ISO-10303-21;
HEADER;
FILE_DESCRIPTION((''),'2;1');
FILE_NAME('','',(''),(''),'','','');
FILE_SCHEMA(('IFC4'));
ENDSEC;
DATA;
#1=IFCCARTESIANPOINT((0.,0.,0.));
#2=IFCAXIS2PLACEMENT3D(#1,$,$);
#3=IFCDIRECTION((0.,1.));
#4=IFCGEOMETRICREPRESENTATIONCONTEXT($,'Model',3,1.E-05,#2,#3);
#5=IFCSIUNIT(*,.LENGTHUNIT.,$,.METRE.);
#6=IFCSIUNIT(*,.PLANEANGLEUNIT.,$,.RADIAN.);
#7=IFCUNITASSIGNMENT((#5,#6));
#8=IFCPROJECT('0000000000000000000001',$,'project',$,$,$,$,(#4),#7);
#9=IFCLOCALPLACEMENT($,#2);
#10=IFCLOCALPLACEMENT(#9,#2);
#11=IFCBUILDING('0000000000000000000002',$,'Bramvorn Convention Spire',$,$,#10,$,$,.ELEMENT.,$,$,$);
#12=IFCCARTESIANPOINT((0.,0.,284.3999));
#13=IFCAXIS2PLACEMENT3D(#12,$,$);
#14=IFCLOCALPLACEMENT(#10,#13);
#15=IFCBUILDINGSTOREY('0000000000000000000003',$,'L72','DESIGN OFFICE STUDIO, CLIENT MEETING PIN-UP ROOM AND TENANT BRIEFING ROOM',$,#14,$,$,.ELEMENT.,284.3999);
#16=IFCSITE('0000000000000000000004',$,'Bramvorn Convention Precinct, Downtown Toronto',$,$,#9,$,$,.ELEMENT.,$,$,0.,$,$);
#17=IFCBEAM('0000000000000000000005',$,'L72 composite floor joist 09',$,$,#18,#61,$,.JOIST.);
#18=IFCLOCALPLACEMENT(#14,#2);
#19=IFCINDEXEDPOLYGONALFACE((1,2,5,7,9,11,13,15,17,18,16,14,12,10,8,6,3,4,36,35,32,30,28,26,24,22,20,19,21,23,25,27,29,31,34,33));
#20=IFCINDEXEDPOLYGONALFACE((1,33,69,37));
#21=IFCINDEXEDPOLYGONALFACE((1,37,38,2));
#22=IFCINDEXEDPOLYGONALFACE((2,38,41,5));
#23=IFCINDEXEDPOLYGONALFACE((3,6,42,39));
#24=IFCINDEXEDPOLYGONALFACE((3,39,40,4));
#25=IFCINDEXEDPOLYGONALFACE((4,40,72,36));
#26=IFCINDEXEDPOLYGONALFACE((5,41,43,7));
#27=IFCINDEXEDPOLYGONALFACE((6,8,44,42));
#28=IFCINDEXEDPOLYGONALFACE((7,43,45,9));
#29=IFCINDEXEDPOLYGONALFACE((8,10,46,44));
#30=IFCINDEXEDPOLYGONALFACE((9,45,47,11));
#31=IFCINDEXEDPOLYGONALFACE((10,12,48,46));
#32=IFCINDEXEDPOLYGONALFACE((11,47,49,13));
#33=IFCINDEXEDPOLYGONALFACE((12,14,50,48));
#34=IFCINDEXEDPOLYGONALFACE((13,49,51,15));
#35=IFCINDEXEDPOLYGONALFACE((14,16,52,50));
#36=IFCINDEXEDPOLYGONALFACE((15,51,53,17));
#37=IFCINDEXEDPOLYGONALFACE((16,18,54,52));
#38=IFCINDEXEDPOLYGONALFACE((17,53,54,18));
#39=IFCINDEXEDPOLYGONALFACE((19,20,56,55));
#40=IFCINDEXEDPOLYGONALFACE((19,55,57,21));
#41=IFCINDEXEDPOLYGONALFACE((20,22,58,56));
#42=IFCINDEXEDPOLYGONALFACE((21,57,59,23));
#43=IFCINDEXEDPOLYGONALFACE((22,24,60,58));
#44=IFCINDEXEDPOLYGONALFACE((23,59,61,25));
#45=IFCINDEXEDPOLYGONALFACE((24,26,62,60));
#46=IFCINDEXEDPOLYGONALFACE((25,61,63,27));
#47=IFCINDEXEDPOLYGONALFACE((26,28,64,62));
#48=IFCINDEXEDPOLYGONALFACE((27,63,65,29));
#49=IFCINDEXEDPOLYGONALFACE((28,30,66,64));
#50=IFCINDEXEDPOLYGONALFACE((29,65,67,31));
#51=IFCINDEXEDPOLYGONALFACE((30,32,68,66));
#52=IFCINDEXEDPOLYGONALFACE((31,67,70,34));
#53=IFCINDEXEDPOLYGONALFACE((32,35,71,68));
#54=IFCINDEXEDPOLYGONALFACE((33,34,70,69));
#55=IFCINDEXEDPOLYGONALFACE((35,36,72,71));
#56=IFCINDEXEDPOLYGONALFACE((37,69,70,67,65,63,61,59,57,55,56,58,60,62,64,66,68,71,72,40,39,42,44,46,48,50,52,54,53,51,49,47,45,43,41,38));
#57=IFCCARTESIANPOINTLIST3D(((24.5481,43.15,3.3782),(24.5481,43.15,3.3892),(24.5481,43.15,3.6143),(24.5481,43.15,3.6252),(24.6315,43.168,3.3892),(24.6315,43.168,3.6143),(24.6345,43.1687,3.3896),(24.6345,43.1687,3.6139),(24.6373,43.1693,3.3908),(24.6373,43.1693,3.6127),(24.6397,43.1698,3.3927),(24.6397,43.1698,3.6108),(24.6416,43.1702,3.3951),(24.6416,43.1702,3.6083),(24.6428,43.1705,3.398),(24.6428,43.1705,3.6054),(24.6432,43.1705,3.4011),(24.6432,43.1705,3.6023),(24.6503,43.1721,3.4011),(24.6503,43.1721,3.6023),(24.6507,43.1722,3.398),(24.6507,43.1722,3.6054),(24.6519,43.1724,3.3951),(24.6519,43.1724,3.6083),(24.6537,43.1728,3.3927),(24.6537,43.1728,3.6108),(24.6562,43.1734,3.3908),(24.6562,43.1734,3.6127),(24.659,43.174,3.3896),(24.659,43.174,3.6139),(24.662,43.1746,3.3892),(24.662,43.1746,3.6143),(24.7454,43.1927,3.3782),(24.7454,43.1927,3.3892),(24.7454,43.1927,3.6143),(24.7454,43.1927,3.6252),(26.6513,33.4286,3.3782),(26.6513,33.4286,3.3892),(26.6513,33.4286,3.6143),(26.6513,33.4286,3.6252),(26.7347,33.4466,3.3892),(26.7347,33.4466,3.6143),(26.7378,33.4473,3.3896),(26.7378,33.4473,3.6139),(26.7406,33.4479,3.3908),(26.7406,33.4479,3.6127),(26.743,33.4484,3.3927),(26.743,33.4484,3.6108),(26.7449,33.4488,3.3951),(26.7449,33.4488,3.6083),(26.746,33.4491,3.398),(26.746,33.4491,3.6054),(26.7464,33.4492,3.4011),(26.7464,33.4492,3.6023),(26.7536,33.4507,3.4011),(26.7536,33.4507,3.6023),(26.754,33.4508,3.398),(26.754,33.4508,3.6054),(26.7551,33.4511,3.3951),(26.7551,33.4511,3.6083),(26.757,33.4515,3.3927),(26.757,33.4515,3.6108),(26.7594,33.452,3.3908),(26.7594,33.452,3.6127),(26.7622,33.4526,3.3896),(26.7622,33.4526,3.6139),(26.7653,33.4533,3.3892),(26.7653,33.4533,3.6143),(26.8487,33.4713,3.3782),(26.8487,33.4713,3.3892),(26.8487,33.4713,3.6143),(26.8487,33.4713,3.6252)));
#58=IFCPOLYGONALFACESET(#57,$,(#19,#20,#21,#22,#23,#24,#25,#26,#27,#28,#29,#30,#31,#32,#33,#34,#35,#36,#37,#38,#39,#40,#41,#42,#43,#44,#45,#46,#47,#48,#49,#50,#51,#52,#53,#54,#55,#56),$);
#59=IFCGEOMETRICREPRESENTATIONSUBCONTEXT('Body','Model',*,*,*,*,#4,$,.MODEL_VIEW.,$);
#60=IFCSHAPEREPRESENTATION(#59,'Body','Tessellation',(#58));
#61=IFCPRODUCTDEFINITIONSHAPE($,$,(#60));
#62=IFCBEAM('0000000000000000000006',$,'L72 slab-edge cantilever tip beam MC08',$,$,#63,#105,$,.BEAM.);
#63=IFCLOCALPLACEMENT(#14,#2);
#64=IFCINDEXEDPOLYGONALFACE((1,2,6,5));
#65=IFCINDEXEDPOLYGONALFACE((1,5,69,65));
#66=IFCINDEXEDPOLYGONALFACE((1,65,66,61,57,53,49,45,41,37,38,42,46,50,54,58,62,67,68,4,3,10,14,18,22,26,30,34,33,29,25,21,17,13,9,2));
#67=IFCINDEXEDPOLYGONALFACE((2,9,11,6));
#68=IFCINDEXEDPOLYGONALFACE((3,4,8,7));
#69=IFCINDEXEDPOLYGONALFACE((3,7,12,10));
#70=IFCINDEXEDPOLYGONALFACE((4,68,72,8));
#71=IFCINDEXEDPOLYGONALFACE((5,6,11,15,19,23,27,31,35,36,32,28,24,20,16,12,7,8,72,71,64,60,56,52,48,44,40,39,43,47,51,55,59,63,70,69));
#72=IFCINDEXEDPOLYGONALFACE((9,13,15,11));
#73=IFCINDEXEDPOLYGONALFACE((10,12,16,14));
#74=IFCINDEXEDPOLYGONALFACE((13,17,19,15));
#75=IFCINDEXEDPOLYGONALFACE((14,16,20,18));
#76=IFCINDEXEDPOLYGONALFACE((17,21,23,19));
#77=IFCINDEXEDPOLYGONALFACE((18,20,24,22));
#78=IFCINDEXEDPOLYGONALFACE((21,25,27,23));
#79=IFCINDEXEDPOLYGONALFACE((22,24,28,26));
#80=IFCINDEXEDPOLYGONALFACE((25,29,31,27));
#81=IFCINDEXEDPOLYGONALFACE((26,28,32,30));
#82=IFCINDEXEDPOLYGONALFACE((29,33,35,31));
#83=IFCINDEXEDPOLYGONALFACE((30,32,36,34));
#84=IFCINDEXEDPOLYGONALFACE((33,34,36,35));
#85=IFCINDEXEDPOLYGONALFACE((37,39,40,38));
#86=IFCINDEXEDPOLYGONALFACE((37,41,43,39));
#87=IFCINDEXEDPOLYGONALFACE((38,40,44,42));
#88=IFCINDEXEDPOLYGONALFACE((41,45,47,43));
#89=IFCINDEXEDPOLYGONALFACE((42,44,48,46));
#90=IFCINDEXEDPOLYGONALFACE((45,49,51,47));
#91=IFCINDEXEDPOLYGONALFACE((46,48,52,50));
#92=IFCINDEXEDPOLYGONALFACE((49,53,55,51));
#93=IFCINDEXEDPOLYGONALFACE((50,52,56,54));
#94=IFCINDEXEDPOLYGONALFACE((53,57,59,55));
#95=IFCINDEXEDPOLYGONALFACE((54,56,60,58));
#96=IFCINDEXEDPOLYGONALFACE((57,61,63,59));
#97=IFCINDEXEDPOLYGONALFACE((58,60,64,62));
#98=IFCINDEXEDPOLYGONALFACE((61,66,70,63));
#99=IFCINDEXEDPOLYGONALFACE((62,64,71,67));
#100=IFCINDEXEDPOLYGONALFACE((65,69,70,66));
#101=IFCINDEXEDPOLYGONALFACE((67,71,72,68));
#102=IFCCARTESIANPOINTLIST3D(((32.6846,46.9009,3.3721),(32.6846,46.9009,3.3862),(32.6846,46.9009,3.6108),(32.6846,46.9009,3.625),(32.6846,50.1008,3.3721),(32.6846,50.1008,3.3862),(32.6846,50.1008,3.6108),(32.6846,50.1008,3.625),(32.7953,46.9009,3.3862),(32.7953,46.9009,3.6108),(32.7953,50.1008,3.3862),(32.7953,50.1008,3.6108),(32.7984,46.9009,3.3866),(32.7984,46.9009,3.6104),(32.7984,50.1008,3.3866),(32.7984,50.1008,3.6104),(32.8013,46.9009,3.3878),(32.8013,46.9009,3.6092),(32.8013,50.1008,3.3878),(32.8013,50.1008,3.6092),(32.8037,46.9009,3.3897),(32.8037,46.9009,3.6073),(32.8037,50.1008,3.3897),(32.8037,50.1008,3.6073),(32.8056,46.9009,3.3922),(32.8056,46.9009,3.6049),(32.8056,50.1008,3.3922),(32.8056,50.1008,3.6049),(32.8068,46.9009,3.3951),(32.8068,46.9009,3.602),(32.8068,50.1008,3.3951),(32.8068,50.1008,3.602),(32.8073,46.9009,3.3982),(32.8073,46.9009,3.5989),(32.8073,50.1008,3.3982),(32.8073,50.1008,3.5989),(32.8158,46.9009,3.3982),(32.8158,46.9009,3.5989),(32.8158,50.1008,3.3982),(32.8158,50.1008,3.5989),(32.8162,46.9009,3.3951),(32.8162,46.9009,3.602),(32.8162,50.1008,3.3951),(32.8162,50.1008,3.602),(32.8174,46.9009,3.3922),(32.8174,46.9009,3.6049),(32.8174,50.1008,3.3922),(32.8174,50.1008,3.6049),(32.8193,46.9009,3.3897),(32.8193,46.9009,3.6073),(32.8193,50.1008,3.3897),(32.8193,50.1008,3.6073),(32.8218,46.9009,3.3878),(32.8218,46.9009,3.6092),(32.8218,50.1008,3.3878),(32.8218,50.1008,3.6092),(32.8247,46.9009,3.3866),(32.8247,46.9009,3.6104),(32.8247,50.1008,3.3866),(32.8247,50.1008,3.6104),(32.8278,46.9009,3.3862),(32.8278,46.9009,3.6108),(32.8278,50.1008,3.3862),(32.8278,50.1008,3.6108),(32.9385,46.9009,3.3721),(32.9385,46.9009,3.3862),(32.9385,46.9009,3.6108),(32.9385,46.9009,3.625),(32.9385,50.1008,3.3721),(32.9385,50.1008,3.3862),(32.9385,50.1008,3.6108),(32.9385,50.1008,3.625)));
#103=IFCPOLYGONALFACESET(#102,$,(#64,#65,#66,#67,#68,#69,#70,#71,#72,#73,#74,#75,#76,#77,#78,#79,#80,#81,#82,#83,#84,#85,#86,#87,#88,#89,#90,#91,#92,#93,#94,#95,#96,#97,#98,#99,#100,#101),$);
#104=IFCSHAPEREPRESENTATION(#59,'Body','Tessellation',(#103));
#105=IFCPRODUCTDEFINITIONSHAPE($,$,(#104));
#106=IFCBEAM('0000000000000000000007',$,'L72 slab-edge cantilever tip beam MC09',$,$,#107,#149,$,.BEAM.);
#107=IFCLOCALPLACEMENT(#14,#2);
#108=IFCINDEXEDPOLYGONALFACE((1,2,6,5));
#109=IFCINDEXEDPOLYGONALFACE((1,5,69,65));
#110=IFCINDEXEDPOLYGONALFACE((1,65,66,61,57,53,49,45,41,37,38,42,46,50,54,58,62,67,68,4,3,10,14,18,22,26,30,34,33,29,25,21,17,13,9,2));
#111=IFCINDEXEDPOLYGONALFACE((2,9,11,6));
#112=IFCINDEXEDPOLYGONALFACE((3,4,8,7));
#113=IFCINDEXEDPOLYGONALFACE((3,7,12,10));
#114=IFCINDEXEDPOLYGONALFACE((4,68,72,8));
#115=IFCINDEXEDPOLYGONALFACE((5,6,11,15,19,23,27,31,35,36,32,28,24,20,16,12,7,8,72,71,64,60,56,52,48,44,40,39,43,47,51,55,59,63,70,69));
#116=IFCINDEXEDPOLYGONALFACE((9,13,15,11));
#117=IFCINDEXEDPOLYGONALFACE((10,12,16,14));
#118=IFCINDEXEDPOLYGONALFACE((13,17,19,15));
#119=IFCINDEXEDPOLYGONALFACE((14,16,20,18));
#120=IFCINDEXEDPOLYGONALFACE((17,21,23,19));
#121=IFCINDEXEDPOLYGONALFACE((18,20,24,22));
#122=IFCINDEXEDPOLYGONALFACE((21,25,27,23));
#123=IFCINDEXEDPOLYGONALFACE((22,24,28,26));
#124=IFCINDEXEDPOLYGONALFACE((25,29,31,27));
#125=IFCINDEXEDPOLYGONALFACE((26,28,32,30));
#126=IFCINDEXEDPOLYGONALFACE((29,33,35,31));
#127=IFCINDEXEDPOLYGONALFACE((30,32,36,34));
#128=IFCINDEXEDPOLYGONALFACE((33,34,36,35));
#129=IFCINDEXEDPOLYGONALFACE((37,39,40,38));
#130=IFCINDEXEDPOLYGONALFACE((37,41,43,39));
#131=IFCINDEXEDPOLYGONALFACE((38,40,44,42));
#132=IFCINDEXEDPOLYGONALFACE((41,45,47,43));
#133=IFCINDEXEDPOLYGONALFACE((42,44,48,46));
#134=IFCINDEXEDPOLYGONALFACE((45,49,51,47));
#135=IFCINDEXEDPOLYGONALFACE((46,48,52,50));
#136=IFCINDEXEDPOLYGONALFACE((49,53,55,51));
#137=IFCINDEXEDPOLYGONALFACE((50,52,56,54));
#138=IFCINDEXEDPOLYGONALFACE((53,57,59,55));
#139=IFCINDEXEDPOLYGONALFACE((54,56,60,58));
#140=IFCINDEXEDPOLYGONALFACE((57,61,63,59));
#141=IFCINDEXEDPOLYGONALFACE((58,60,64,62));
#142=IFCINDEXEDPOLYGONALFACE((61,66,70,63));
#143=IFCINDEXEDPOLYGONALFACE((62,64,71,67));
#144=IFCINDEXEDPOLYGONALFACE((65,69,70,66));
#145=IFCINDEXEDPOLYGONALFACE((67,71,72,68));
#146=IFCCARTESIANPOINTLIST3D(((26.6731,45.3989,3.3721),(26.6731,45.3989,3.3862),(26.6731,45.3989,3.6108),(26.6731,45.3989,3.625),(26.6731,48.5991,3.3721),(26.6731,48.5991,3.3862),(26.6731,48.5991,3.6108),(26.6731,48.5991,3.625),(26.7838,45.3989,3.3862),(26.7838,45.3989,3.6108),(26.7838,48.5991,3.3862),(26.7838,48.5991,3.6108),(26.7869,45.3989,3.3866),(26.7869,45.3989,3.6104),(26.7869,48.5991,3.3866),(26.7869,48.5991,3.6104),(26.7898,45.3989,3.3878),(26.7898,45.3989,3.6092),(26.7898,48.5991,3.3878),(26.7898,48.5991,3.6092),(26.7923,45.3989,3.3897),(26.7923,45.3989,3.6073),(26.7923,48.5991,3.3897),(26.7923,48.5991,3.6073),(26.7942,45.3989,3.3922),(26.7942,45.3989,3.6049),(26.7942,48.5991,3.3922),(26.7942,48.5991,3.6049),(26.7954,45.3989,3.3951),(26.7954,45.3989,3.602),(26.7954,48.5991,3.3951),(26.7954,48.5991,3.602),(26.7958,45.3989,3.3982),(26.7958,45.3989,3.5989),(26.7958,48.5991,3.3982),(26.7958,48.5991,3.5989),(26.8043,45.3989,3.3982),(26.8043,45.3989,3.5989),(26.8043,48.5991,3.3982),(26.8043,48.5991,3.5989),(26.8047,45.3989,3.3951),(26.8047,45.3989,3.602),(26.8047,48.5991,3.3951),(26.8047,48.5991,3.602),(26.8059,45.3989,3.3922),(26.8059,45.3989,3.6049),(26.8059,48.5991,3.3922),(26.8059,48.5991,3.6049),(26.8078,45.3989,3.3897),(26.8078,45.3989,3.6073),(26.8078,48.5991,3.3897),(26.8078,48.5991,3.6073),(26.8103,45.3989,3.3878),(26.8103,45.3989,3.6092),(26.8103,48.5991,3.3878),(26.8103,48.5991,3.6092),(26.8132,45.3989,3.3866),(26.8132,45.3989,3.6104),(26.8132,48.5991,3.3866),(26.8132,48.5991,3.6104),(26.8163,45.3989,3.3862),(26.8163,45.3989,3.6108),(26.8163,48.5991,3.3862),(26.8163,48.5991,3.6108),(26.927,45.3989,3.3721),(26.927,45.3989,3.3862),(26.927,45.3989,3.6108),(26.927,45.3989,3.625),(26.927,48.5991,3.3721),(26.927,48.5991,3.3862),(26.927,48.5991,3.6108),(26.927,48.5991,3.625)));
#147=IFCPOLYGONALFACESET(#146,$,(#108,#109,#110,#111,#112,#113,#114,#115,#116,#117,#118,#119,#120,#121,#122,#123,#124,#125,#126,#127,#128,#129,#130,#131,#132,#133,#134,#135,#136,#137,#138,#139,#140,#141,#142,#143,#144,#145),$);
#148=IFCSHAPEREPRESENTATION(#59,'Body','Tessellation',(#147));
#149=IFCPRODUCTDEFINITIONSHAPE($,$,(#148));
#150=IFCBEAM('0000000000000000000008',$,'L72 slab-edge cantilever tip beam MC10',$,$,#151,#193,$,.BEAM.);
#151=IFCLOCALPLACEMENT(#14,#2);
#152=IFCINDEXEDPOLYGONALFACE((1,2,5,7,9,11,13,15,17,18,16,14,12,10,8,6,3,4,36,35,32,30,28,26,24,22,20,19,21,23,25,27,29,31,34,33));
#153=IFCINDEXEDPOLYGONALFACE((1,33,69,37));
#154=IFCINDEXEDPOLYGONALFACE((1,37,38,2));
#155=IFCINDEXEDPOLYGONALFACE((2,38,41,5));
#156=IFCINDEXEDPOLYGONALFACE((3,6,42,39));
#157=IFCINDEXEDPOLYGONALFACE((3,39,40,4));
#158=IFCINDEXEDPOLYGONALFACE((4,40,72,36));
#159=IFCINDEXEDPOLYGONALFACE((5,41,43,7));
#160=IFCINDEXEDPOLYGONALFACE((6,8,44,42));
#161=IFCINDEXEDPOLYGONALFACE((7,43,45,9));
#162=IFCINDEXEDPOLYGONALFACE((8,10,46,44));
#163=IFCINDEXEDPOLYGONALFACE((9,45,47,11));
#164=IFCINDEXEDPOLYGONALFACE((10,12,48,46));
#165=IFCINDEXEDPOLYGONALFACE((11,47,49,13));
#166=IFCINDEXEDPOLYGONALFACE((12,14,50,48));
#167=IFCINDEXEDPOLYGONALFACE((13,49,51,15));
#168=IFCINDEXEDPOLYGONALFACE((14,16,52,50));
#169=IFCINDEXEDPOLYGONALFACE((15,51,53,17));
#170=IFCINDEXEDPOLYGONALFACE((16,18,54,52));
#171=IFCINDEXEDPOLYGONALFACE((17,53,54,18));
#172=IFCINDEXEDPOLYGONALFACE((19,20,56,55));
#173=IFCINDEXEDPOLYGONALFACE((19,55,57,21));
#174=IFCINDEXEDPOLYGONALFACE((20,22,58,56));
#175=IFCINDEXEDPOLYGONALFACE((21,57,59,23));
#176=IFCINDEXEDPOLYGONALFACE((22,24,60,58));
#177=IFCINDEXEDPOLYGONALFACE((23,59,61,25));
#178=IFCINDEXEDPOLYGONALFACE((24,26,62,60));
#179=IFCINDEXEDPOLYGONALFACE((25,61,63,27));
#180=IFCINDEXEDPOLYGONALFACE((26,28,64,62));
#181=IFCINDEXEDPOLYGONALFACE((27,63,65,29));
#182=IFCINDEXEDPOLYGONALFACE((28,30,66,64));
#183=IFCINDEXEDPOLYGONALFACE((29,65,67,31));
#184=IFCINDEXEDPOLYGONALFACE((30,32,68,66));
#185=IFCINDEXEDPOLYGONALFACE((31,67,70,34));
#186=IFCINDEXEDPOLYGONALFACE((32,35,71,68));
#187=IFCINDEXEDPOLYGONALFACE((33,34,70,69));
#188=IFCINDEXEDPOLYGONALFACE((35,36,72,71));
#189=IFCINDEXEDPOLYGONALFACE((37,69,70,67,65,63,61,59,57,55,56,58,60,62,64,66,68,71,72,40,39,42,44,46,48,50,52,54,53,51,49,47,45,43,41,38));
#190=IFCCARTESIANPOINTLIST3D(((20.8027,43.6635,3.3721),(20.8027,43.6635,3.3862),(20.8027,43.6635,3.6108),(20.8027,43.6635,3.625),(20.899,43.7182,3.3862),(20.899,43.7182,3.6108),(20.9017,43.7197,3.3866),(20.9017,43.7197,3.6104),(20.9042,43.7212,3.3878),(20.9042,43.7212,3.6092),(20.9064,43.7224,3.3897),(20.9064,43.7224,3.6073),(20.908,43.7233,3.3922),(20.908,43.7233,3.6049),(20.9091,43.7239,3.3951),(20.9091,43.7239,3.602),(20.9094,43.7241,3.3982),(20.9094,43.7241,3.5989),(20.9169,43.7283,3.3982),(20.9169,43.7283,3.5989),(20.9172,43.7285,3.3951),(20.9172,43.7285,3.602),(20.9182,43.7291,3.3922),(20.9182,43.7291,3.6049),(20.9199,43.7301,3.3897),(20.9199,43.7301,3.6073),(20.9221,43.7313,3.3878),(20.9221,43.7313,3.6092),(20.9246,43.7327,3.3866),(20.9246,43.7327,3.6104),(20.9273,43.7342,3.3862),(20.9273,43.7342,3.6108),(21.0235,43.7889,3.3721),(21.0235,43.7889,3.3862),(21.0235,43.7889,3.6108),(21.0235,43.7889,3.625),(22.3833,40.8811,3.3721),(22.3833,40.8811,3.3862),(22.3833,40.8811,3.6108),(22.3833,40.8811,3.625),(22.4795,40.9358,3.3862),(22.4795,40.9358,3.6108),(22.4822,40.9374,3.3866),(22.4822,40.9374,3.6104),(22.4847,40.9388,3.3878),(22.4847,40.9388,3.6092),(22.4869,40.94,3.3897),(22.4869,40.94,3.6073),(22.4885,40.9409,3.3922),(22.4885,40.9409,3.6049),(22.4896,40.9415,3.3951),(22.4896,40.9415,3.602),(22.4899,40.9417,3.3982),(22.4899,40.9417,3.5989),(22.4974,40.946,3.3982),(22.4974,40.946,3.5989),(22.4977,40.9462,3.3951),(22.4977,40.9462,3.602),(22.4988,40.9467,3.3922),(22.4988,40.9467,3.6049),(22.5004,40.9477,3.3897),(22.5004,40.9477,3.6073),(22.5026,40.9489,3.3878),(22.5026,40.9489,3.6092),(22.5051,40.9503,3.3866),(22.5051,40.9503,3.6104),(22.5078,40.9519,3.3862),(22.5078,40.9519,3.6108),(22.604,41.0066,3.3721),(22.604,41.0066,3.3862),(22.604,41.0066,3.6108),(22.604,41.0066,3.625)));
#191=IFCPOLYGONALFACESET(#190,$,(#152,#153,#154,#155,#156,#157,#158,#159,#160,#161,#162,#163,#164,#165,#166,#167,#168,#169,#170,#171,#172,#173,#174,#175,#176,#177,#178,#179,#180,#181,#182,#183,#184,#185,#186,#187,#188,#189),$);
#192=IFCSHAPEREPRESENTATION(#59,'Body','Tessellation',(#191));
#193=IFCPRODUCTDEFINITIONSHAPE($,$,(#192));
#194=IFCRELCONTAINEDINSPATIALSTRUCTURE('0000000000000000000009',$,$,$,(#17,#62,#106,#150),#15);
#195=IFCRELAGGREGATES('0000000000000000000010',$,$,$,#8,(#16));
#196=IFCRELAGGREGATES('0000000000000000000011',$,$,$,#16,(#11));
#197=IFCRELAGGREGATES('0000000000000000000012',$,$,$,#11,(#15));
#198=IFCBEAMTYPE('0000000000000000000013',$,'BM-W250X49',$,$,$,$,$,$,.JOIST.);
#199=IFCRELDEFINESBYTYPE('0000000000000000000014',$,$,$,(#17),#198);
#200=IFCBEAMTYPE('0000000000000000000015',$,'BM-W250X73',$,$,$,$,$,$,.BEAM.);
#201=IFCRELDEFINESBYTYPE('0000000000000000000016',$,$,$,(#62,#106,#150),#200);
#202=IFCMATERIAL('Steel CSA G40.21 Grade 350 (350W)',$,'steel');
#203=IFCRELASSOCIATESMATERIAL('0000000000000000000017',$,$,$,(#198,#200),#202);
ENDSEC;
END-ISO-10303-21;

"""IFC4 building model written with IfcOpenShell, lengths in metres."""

from ifc_helpers import new_model, si_unit, direction, frame, origin, origin_2d, place, context, subcontext, project, spatial, i_section, extrude, material, material_profile, profile_set, type_object, element, save


model = new_model("IFC4")

# Units and contexts
model_context = context("Model", 3, precision=1e-05, world=origin(), true_north=direction((0.0, 1.0)))
body_context = subcontext(model_context, "Body", "Model", "MODEL_VIEW")
ifc_project = project(units=[si_unit("LENGTHUNIT", "METRE"), si_unit("PLANEANGLEUNIT", "RADIAN")], contexts=[model_context])

# Site, building, storey
site_placement = place(None, origin())
site = spatial("IfcSite", under=ifc_project, at=site_placement, Name="Bramvorn Convention Precinct, Downtown Toronto", CompositionType="ELEMENT", RefElevation=0.0)
building_placement = place(site_placement, origin())
building = spatial("IfcBuilding", under=site, at=building_placement, Name="Bramvorn Convention Spire", CompositionType="ELEMENT")
storey_placement = place(building_placement, frame((0.0, 0.0, 284.3999)))
storey = spatial("IfcBuildingStorey", under=building, at=storey_placement, Name="L72", Description="DESIGN OFFICE STUDIO, CLIENT MEETING PIN-UP ROOM AND TENANT BRIEFING ROOM", CompositionType="ELEMENT", Elevation=284.3999)

# Shared definitions
ifc_material_1 = material(Name="Steel CSA G40.21 Grade 350 (350W)", Category="steel")

# Beams
ifc_material_profile_1 = material_profile(ifc_material_1, i_section(OverallWidth=0.2019, OverallDepth=0.2471, WebThickness=0.0073, FlangeThickness=0.011, FilletRadius=0.012, at=origin_2d()))
ifc_profile_set_1 = profile_set([ifc_material_profile_1], Name="Steel CSA G40.21 Grade 350 (350W) - W250X49")
beam_type_1 = type_object("IfcBeamType", Name="BM-W250X49", PredefinedType="JOIST", material=ifc_profile_set_1)
beam_1_placement = place(storey_placement, frame((26.75, 33.45, 3.5017), z_axis=(-0.211461, 0.977386, 0.0), x_axis=(-0.977386, -0.211461, 0.0)))
element("IfcBeam", 1, at=beam_1_placement, inside=storey, type_object=beam_type_1, Name="L72 composite floor joist 09", PredefinedType="JOIST", context=body_context, shape_type="SweptSolid", body=[
    extrude(i_section(OverallWidth=0.2019, OverallDepth=0.2471, WebThickness=0.0073, FlangeThickness=0.011, FilletRadius=0.012, at=origin_2d()), origin(), (0.0, 0.0, 1.0), 9.9463),
])
ifc_material_profile_2 = material_profile(ifc_material_1, i_section(OverallWidth=0.2539, OverallDepth=0.2529, WebThickness=0.0085, FlangeThickness=0.0142, FilletRadius=0.012, at=origin_2d()))
ifc_profile_set_2 = profile_set([ifc_material_profile_2], Name="Steel CSA G40.21 Grade 350 (350W) - W250X73")
beam_type_2 = type_object("IfcBeamType", Name="BM-W250X73", PredefinedType="BEAM", material=ifc_profile_set_2)
beam_2_placement = place(storey_placement, frame((32.8115, 46.9009, 3.4985), z_axis=(0.0, 1.0, 0.0), x_axis=(-1.0, 0.0, 0.0)))
element("IfcBeam", 2, at=beam_2_placement, inside=storey, type_object=beam_type_2, Name="L72 slab-edge cantilever tip beam MC08", PredefinedType="BEAM", context=body_context, shape_type="SweptSolid", body=[
    extrude(i_section(OverallWidth=0.2539, OverallDepth=0.2529, WebThickness=0.0085, FlangeThickness=0.0142, FilletRadius=0.012, at=origin_2d()), origin(), (0.0, 0.0, 1.0), 3.2),
])
beam_3_placement = place(storey_placement, frame((26.8, 45.3989, 3.4985), z_axis=(0.0, 1.0, 0.0), x_axis=(-1.0, 0.0, 0.0)))
element("IfcBeam", 3, at=beam_3_placement, inside=storey, type_object=beam_type_2, Name="L72 slab-edge cantilever tip beam MC09", PredefinedType="BEAM", context=body_context, shape_type="SweptSolid", body=[
    extrude(i_section(OverallWidth=0.2539, OverallDepth=0.2529, WebThickness=0.0085, FlangeThickness=0.0142, FilletRadius=0.012, at=origin_2d()), origin(), (0.0, 0.0, 1.0), 3.2002),
])
beam_4_placement = place(storey_placement, frame((22.4937, 40.9438, 3.4985), z_axis=(-0.493919, 0.869508, 0.0), x_axis=(-0.869508, -0.493919, 0.0)))
element("IfcBeam", 4, at=beam_4_placement, inside=storey, type_object=beam_type_2, Name="L72 slab-edge cantilever tip beam MC10", PredefinedType="BEAM", context=body_context, shape_type="SweptSolid", body=[
    extrude(i_section(OverallWidth=0.2539, OverallDepth=0.2529, WebThickness=0.0085, FlangeThickness=0.0142, FilletRadius=0.012, at=origin_2d()), origin(), (0.0, 0.0, 1.0), 3.2),
])

save(model, "model.ifc")
